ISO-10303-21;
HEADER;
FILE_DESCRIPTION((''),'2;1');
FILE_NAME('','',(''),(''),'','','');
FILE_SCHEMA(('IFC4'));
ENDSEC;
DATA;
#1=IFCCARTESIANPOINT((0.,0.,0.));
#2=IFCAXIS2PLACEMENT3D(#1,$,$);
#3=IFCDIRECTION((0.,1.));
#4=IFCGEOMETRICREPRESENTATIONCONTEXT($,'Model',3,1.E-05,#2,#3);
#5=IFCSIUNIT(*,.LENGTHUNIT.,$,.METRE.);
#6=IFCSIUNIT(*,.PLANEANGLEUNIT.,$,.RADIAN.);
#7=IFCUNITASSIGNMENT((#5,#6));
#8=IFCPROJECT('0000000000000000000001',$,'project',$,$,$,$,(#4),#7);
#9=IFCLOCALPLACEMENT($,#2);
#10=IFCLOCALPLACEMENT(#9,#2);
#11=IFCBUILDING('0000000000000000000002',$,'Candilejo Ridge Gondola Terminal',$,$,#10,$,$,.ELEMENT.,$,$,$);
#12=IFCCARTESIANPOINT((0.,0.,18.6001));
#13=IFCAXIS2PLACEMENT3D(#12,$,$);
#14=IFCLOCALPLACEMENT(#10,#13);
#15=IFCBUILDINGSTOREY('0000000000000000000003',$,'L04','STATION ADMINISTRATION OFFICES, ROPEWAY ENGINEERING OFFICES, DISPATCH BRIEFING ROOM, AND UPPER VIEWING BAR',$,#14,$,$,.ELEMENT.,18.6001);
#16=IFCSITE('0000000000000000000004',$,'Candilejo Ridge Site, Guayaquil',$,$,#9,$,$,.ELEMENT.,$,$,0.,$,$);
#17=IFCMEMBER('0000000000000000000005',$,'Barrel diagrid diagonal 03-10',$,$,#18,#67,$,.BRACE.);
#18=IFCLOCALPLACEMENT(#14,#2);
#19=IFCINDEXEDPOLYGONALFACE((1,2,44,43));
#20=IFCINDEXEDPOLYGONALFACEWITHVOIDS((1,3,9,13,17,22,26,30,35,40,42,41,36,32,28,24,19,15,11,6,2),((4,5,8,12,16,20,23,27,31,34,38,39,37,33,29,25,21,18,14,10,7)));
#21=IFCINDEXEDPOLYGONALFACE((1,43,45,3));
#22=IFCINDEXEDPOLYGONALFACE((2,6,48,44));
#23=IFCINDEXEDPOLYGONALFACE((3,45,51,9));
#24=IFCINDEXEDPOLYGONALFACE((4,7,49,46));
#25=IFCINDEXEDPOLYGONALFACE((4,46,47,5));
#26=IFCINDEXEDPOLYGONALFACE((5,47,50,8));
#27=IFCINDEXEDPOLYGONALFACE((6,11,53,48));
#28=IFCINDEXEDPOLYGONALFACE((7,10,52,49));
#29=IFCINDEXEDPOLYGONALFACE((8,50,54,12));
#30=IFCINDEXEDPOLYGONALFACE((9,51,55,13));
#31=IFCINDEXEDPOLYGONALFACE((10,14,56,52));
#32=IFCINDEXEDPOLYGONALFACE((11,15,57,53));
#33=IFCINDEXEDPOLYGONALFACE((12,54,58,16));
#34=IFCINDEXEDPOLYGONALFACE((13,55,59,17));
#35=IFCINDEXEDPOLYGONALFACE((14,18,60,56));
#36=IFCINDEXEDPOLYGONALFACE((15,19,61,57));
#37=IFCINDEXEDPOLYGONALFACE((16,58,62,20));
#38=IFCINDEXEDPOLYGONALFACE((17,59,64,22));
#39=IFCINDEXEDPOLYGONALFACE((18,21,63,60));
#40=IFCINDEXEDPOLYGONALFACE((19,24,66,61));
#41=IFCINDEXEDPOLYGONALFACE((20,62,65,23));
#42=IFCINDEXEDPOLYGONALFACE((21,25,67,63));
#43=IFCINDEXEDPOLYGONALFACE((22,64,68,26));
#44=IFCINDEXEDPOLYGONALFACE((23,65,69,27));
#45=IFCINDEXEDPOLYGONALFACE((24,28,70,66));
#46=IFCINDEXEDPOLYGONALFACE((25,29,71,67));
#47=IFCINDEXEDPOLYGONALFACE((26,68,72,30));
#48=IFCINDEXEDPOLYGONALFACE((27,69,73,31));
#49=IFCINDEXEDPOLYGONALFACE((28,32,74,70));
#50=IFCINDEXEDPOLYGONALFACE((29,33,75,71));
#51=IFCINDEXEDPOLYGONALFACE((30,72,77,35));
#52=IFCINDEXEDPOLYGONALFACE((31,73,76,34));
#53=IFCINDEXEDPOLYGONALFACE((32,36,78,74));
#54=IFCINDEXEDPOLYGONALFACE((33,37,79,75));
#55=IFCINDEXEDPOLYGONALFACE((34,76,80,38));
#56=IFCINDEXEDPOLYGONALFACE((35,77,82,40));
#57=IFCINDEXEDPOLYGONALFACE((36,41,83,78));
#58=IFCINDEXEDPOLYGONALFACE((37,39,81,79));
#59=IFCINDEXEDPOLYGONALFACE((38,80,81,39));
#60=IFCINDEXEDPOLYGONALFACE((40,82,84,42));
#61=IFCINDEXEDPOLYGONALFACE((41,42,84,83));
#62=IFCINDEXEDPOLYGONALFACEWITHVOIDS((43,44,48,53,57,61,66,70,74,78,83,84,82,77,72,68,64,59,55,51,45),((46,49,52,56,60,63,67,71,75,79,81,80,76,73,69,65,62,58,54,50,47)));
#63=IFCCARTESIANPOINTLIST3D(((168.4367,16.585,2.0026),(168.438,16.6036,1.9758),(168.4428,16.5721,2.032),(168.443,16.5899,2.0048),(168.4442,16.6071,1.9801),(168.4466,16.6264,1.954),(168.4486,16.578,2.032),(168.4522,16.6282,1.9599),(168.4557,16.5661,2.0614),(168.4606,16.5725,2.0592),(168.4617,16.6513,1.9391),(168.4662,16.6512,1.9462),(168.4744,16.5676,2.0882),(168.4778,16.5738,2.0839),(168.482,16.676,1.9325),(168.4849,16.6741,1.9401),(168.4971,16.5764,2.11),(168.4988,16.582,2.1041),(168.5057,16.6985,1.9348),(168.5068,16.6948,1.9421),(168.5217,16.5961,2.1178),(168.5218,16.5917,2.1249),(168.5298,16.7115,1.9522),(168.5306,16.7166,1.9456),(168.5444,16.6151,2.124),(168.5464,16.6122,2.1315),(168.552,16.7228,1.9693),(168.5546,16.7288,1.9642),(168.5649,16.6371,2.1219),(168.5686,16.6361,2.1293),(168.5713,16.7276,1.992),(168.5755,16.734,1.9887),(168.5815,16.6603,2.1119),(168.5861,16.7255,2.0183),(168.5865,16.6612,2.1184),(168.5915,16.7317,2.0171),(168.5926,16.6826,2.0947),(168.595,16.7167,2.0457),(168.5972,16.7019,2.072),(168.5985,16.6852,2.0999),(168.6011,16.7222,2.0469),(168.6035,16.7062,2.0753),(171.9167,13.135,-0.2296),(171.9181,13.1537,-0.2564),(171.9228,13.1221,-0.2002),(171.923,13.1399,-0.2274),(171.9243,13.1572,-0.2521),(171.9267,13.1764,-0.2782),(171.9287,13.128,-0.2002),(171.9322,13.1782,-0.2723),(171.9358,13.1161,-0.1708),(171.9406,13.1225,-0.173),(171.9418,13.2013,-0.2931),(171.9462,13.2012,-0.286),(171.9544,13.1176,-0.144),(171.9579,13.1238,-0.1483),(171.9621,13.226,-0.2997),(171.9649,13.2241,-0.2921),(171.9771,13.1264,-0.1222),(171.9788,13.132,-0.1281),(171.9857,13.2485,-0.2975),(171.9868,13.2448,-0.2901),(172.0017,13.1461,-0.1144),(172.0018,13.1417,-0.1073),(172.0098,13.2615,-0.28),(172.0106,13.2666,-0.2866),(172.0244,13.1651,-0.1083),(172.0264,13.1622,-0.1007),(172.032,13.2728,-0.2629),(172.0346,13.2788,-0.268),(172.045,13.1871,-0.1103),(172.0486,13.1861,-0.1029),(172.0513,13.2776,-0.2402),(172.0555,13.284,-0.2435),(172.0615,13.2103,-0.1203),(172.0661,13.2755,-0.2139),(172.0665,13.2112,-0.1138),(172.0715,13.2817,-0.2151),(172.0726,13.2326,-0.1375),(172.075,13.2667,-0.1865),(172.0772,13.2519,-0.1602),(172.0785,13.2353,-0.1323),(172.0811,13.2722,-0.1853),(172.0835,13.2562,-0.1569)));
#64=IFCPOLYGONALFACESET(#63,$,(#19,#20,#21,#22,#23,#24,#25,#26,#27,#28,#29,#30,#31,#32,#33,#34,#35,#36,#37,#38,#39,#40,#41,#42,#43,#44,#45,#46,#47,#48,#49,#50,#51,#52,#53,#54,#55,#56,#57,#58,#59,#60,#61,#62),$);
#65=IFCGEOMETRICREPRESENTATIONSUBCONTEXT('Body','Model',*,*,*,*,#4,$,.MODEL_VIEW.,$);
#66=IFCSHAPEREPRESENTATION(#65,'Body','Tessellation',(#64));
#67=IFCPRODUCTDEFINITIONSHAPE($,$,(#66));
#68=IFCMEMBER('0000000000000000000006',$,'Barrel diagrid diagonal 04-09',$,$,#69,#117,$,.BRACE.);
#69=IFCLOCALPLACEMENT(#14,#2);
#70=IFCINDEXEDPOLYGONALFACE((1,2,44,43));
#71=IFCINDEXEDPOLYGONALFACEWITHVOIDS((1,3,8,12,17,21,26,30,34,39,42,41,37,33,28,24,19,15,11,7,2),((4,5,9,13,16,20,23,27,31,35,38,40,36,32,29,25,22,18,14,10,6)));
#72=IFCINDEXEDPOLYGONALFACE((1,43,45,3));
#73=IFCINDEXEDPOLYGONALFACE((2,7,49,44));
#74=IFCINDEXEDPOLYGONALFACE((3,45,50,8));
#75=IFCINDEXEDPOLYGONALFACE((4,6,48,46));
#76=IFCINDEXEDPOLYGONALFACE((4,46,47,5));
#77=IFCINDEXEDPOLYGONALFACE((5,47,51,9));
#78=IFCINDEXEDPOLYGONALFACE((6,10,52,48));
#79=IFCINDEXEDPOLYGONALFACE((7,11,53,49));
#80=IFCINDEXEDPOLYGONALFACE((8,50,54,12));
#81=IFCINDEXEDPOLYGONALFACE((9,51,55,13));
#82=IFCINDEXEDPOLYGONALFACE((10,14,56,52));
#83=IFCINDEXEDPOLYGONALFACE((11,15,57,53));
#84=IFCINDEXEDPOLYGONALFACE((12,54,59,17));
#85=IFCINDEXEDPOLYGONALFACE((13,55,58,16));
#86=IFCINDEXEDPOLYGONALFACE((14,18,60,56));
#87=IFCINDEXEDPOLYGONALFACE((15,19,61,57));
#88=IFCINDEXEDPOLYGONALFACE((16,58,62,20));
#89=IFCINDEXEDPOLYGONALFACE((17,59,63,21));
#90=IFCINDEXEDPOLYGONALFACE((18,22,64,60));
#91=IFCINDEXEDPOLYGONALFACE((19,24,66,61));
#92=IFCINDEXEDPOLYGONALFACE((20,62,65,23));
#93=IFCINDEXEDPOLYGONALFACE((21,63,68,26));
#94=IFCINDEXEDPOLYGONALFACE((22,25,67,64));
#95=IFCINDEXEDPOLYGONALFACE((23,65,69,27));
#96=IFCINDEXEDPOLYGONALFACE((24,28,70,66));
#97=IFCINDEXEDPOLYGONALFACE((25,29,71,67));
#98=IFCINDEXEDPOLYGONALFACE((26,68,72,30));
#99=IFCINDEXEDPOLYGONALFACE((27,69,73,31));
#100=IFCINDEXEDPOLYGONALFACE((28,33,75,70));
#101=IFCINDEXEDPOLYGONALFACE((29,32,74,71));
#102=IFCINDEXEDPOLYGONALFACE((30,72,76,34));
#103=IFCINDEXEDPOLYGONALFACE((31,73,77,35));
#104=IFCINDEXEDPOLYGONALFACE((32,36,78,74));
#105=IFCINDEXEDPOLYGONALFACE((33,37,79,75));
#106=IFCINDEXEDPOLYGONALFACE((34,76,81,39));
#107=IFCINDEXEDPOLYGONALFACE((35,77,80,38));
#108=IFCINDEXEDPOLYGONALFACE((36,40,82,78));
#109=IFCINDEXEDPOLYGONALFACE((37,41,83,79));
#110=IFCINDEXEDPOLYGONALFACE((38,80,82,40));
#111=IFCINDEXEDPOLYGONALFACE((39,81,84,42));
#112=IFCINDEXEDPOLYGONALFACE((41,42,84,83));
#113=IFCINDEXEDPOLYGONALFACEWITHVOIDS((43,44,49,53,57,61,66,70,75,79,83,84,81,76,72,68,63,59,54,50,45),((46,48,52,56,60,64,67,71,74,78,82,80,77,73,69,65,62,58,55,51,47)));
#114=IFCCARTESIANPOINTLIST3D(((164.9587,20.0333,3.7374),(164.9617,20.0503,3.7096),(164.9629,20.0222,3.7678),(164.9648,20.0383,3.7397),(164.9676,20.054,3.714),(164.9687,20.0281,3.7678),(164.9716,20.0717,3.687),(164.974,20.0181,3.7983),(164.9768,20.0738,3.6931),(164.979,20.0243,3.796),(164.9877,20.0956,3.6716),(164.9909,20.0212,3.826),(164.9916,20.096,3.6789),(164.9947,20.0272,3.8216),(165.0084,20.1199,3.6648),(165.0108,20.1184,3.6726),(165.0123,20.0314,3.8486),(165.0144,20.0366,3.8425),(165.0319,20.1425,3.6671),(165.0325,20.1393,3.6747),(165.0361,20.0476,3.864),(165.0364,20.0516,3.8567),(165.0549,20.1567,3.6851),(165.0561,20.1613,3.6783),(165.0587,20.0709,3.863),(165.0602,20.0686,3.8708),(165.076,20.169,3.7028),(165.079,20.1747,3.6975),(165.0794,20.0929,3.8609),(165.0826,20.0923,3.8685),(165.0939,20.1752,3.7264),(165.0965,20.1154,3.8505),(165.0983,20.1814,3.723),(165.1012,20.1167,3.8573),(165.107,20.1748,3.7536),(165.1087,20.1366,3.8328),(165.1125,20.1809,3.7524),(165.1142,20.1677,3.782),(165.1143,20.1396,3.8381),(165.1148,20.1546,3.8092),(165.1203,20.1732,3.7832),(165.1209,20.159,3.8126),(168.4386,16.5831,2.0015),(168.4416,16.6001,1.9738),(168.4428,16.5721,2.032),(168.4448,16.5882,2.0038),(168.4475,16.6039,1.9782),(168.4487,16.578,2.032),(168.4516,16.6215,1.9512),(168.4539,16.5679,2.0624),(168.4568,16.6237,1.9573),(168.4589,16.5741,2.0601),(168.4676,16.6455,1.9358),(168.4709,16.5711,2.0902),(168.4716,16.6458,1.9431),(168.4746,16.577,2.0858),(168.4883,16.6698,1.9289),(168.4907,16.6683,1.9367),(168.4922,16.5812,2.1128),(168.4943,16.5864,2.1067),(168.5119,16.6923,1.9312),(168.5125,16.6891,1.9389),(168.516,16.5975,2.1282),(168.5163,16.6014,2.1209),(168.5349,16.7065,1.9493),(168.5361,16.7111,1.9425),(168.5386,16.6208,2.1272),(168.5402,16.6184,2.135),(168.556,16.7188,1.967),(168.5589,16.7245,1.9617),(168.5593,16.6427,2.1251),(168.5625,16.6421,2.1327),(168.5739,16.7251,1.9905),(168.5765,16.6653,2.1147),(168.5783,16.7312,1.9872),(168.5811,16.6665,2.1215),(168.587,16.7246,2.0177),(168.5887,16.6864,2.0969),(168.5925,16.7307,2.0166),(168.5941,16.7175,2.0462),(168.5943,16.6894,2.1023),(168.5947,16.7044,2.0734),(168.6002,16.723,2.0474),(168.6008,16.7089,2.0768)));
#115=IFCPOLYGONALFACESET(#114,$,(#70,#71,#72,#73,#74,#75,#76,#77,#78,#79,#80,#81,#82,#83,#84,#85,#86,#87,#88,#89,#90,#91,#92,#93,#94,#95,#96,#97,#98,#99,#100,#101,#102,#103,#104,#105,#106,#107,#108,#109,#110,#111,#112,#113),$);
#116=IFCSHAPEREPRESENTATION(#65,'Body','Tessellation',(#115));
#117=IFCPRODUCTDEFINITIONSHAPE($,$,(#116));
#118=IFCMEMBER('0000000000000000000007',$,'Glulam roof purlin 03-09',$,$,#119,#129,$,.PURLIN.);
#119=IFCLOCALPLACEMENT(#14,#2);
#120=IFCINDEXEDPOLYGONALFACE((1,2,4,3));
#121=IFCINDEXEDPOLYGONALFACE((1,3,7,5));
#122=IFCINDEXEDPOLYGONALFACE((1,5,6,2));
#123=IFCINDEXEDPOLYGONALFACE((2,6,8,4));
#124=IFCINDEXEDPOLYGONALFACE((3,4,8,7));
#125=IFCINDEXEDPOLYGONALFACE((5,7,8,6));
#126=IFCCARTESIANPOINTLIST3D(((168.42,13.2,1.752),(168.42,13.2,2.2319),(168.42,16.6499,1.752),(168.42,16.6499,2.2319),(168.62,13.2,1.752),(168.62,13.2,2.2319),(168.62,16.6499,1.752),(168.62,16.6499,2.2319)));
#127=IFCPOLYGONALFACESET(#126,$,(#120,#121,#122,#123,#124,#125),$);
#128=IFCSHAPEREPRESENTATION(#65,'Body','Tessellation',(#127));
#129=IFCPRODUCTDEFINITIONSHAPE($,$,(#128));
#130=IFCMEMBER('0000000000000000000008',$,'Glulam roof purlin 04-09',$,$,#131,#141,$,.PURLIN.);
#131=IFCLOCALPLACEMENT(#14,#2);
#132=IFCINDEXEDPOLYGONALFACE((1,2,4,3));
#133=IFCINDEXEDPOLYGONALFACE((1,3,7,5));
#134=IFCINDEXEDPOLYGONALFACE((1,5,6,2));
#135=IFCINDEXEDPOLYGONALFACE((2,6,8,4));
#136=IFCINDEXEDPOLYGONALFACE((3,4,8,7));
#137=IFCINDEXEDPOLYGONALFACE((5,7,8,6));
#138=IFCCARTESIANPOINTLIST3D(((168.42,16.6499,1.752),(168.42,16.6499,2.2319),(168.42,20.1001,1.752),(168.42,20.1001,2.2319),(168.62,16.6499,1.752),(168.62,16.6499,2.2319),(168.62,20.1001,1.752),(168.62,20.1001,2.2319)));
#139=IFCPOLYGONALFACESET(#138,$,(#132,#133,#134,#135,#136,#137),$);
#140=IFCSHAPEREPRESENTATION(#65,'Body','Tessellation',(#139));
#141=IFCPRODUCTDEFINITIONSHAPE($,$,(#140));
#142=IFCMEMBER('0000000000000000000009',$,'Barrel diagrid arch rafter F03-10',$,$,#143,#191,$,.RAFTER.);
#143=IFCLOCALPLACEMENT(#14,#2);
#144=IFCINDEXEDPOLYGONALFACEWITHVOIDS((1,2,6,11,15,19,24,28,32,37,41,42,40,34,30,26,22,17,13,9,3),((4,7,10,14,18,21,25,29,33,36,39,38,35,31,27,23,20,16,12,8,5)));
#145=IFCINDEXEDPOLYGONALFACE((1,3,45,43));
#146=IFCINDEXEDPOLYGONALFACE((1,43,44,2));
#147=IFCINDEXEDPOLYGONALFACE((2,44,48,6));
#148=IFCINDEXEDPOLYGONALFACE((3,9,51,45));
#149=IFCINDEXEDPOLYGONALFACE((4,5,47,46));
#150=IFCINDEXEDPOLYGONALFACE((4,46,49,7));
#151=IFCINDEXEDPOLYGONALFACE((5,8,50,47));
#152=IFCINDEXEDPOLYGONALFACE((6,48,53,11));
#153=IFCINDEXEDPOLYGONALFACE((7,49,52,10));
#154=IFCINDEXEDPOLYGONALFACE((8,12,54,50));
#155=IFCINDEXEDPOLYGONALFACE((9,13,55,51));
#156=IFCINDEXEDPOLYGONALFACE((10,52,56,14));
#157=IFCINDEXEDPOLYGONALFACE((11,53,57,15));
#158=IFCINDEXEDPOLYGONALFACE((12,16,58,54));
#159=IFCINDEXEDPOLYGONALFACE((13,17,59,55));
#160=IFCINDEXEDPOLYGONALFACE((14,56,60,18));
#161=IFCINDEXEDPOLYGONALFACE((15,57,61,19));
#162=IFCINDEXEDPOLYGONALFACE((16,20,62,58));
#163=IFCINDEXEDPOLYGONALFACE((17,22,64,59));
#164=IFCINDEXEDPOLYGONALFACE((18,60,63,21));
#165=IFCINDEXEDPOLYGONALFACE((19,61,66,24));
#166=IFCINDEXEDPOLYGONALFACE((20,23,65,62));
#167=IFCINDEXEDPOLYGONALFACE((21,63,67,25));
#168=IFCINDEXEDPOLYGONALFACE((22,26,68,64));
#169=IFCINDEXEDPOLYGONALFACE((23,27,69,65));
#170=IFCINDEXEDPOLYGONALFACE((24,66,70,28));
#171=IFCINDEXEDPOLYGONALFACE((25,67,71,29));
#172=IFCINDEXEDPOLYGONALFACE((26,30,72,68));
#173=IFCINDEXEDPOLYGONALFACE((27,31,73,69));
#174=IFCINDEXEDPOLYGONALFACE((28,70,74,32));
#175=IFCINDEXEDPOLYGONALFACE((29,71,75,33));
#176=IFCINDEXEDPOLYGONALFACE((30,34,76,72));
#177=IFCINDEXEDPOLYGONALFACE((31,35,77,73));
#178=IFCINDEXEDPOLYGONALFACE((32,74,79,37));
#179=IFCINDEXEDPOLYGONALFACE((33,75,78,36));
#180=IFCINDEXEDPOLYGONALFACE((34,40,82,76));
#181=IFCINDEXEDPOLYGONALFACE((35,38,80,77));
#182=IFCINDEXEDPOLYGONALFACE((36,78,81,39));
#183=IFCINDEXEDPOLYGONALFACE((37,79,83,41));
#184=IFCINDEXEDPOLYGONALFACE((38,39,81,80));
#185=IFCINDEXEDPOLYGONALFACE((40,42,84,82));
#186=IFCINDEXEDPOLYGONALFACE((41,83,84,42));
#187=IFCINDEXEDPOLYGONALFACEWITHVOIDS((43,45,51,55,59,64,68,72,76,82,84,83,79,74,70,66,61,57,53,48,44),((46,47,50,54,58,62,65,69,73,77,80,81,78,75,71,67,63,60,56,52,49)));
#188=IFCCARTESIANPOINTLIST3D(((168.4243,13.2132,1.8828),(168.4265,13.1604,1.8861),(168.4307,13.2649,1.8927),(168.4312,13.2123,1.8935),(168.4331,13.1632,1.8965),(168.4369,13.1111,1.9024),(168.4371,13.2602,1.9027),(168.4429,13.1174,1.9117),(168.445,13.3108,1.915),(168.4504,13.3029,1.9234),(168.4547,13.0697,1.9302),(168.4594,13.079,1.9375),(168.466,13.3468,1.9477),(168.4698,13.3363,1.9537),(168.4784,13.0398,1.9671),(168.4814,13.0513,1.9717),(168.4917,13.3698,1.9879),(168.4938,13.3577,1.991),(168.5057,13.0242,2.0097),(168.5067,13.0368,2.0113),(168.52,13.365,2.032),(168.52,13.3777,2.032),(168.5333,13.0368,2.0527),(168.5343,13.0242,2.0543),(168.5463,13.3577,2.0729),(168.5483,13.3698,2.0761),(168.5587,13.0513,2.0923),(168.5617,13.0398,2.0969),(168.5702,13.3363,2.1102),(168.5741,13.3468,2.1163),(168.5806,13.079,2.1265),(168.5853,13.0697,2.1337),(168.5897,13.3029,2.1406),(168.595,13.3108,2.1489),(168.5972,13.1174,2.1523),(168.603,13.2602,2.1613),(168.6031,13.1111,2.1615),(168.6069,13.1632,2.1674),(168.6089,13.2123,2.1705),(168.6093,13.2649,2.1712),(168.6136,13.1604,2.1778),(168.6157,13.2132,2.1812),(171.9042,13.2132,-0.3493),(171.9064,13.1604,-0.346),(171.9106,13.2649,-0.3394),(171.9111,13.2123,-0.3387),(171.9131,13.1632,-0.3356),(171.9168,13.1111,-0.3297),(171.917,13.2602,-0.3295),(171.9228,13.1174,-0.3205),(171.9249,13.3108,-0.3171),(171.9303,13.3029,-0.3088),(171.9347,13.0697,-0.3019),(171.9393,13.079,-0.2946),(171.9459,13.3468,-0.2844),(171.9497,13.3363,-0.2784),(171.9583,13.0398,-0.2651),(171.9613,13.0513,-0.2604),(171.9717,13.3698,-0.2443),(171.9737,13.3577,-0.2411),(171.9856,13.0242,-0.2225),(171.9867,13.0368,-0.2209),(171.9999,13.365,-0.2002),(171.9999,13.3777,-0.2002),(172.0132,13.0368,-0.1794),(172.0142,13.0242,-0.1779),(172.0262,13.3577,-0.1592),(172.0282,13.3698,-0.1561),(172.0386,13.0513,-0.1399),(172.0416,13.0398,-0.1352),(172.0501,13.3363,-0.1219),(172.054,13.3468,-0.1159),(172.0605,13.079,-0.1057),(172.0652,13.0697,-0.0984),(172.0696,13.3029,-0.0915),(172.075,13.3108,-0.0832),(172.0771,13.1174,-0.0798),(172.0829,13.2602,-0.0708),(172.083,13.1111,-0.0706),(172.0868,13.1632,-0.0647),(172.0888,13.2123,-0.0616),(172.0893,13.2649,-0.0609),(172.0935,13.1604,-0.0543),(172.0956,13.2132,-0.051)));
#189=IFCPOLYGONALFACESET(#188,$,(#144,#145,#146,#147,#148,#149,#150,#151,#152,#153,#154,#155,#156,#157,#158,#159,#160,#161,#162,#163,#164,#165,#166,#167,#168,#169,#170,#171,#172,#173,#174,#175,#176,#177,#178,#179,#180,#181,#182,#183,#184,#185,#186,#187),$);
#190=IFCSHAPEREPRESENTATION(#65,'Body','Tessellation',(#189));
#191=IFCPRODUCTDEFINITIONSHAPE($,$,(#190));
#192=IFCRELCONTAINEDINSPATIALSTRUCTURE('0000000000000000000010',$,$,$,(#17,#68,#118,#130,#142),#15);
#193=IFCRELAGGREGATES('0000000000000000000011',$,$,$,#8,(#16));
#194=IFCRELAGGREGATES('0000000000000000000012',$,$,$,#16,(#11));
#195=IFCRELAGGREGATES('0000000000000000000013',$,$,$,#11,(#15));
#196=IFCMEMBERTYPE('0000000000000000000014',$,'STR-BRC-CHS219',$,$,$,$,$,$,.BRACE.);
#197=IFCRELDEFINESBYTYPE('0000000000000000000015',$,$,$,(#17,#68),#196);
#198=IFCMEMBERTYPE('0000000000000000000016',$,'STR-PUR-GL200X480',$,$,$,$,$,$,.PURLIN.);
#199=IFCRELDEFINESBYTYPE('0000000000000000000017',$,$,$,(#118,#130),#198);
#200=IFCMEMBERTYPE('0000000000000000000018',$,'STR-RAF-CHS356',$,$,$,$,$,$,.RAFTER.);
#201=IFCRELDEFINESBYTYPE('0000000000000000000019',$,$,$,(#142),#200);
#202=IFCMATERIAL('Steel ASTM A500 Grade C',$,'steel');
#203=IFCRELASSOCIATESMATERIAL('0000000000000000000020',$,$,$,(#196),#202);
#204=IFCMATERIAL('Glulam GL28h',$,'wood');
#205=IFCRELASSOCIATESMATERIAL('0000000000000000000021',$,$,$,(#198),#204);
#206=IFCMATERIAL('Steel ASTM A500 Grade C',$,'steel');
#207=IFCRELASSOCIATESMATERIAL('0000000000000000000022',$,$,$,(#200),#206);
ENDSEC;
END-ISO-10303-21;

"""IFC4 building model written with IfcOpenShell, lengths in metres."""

from ifc_helpers import new_model, si_unit, direction, frame, origin, origin_2d, place, context, subcontext, project, spatial, rectangle, hollow_circle, extrude, material, material_profile, profile_set, type_object, element, save


model = new_model("IFC4")

# Units and contexts
model_context = context("Model", 3, precision=1e-05, world=origin(), true_north=direction((0.0, 1.0)))
body_context = subcontext(model_context, "Body", "Model", "MODEL_VIEW")
ifc_project = project(units=[si_unit("LENGTHUNIT", "METRE"), si_unit("PLANEANGLEUNIT", "RADIAN")], contexts=[model_context])

# Site, building, storey
site_placement = place(None, origin())
site = spatial("IfcSite", under=ifc_project, at=site_placement, Name="Candilejo Ridge Site, Guayaquil", CompositionType="ELEMENT", RefElevation=0.0)
building_placement = place(site_placement, origin())
building = spatial("IfcBuilding", under=site, at=building_placement, Name="Candilejo Ridge Gondola Terminal", CompositionType="ELEMENT")
storey_placement = place(building_placement, frame((0.0, 0.0, 18.6001)))
storey = spatial("IfcBuildingStorey", under=building, at=storey_placement, Name="L04", Description="STATION ADMINISTRATION OFFICES, ROPEWAY ENGINEERING OFFICES, DISPATCH BRIEFING ROOM, AND UPPER VIEWING BAR", CompositionType="ELEMENT", Elevation=18.6001)

# Members
ifc_material_1 = material(Name="Steel ASTM A500 Grade C", Category="steel")
ifc_material_profile_1 = material_profile(ifc_material_1, hollow_circle(Radius=0.1096, WallThickness=0.0083, at=origin_2d()))
ifc_profile_set_1 = profile_set([ifc_material_profile_1], Name="Steel ASTM A500 Grade C")
member_type_1 = type_object("IfcMemberType", Name="STR-BRC-CHS219", PredefinedType="BRACE", material=ifc_profile_set_1)
member_1_placement = place(storey_placement, frame((172.0, 13.2, -0.2002), z_axis=(-0.646271, 0.640695, 0.41454), x_axis=(-0.704036, -0.710164, 0.0)))
element("IfcMember", 1, at=member_1_placement, inside=storey, type_object=member_type_1, Name="Barrel diagrid diagonal 03-10", PredefinedType="BRACE", context=body_context, shape_type="SweptSolid", body=[
    extrude(hollow_circle(Radius=0.1096, WallThickness=0.0083, at=origin_2d()), origin(), (0.0, 0.0, 1.0), 5.3848),
])
member_2_placement = place(storey_placement, frame((168.52, 16.6499, 2.032), z_axis=(-0.669385, 0.663656, 0.333894), x_axis=(-0.704061, -0.710139, 0.0)))
element("IfcMember", 2, at=member_2_placement, inside=storey, type_object=member_type_1, Name="Barrel diagrid diagonal 04-09", PredefinedType="BRACE", context=body_context, shape_type="SweptSolid", body=[
    extrude(hollow_circle(Radius=0.1096, WallThickness=0.0083, at=origin_2d()), origin(), (0.0, 0.0, 1.0), 5.1987),
])
ifc_material_2 = material(Name="Glulam GL28h", Category="wood")
ifc_material_profile_2 = material_profile(ifc_material_2, rectangle(XDim=0.2, YDim=0.48, at=origin_2d()))
ifc_profile_set_2 = profile_set([ifc_material_profile_2], Name="Glulam GL28h")
member_type_2 = type_object("IfcMemberType", Name="STR-PUR-GL200X480", PredefinedType="PURLIN", material=ifc_profile_set_2)
member_3_placement = place(storey_placement, frame((168.52, 13.2, 1.9919), z_axis=(0.0, 1.0, 0.0), x_axis=(-1.0, 0.0, 0.0)))
element("IfcMember", 3, at=member_3_placement, inside=storey, type_object=member_type_2, Name="Glulam roof purlin 03-09", PredefinedType="PURLIN", context=body_context, shape_type="SweptSolid", body=[
    extrude(rectangle(XDim=0.2, YDim=0.48, at=origin_2d()), origin(), (0.0, 0.0, 1.0), 3.45),
])
member_4_placement = place(storey_placement, frame((168.52, 16.6499, 1.9919), z_axis=(0.0, 1.0, 0.0), x_axis=(-1.0, 0.0, 0.0)))
element("IfcMember", 4, at=member_4_placement, inside=storey, type_object=member_type_2, Name="Glulam roof purlin 04-09", PredefinedType="PURLIN", context=body_context, shape_type="SweptSolid", body=[
    extrude(rectangle(XDim=0.2, YDim=0.48, at=origin_2d()), origin(), (0.0, 0.0, 1.0), 3.4502),
])
ifc_material_3 = material(Name="Steel ASTM A500 Grade C", Category="steel")
ifc_material_profile_3 = material_profile(ifc_material_3, hollow_circle(Radius=0.1777, WallThickness=0.0127, at=origin_2d()))
ifc_profile_set_3 = profile_set([ifc_material_profile_3], Name="Steel ASTM A500 Grade C")
member_type_3 = type_object("IfcMemberType", Name="STR-RAF-CHS356", PredefinedType="RAFTER", material=ifc_profile_set_3)
for number, where, z_axis, x_axis, name in (
    (5, (168.52, 13.2, 2.032), (0.841723, 0.0, -0.53991), (0.0, 1.0, 0.0), "Barrel diagrid arch rafter F03-10"),
):
    element("IfcMember", number, at=place(storey_placement, frame(where, z_axis=z_axis, x_axis=x_axis)), inside=storey, type_object=member_type_3, Name=name, PredefinedType="RAFTER", context=body_context, shape_type="SweptSolid", body=[
        extrude(hollow_circle(Radius=0.1777, WallThickness=0.0127, at=origin_2d()), origin(), (0.0, 0.0, 1.0), 4.1343),
    ])

save(model, "model.ifc")
